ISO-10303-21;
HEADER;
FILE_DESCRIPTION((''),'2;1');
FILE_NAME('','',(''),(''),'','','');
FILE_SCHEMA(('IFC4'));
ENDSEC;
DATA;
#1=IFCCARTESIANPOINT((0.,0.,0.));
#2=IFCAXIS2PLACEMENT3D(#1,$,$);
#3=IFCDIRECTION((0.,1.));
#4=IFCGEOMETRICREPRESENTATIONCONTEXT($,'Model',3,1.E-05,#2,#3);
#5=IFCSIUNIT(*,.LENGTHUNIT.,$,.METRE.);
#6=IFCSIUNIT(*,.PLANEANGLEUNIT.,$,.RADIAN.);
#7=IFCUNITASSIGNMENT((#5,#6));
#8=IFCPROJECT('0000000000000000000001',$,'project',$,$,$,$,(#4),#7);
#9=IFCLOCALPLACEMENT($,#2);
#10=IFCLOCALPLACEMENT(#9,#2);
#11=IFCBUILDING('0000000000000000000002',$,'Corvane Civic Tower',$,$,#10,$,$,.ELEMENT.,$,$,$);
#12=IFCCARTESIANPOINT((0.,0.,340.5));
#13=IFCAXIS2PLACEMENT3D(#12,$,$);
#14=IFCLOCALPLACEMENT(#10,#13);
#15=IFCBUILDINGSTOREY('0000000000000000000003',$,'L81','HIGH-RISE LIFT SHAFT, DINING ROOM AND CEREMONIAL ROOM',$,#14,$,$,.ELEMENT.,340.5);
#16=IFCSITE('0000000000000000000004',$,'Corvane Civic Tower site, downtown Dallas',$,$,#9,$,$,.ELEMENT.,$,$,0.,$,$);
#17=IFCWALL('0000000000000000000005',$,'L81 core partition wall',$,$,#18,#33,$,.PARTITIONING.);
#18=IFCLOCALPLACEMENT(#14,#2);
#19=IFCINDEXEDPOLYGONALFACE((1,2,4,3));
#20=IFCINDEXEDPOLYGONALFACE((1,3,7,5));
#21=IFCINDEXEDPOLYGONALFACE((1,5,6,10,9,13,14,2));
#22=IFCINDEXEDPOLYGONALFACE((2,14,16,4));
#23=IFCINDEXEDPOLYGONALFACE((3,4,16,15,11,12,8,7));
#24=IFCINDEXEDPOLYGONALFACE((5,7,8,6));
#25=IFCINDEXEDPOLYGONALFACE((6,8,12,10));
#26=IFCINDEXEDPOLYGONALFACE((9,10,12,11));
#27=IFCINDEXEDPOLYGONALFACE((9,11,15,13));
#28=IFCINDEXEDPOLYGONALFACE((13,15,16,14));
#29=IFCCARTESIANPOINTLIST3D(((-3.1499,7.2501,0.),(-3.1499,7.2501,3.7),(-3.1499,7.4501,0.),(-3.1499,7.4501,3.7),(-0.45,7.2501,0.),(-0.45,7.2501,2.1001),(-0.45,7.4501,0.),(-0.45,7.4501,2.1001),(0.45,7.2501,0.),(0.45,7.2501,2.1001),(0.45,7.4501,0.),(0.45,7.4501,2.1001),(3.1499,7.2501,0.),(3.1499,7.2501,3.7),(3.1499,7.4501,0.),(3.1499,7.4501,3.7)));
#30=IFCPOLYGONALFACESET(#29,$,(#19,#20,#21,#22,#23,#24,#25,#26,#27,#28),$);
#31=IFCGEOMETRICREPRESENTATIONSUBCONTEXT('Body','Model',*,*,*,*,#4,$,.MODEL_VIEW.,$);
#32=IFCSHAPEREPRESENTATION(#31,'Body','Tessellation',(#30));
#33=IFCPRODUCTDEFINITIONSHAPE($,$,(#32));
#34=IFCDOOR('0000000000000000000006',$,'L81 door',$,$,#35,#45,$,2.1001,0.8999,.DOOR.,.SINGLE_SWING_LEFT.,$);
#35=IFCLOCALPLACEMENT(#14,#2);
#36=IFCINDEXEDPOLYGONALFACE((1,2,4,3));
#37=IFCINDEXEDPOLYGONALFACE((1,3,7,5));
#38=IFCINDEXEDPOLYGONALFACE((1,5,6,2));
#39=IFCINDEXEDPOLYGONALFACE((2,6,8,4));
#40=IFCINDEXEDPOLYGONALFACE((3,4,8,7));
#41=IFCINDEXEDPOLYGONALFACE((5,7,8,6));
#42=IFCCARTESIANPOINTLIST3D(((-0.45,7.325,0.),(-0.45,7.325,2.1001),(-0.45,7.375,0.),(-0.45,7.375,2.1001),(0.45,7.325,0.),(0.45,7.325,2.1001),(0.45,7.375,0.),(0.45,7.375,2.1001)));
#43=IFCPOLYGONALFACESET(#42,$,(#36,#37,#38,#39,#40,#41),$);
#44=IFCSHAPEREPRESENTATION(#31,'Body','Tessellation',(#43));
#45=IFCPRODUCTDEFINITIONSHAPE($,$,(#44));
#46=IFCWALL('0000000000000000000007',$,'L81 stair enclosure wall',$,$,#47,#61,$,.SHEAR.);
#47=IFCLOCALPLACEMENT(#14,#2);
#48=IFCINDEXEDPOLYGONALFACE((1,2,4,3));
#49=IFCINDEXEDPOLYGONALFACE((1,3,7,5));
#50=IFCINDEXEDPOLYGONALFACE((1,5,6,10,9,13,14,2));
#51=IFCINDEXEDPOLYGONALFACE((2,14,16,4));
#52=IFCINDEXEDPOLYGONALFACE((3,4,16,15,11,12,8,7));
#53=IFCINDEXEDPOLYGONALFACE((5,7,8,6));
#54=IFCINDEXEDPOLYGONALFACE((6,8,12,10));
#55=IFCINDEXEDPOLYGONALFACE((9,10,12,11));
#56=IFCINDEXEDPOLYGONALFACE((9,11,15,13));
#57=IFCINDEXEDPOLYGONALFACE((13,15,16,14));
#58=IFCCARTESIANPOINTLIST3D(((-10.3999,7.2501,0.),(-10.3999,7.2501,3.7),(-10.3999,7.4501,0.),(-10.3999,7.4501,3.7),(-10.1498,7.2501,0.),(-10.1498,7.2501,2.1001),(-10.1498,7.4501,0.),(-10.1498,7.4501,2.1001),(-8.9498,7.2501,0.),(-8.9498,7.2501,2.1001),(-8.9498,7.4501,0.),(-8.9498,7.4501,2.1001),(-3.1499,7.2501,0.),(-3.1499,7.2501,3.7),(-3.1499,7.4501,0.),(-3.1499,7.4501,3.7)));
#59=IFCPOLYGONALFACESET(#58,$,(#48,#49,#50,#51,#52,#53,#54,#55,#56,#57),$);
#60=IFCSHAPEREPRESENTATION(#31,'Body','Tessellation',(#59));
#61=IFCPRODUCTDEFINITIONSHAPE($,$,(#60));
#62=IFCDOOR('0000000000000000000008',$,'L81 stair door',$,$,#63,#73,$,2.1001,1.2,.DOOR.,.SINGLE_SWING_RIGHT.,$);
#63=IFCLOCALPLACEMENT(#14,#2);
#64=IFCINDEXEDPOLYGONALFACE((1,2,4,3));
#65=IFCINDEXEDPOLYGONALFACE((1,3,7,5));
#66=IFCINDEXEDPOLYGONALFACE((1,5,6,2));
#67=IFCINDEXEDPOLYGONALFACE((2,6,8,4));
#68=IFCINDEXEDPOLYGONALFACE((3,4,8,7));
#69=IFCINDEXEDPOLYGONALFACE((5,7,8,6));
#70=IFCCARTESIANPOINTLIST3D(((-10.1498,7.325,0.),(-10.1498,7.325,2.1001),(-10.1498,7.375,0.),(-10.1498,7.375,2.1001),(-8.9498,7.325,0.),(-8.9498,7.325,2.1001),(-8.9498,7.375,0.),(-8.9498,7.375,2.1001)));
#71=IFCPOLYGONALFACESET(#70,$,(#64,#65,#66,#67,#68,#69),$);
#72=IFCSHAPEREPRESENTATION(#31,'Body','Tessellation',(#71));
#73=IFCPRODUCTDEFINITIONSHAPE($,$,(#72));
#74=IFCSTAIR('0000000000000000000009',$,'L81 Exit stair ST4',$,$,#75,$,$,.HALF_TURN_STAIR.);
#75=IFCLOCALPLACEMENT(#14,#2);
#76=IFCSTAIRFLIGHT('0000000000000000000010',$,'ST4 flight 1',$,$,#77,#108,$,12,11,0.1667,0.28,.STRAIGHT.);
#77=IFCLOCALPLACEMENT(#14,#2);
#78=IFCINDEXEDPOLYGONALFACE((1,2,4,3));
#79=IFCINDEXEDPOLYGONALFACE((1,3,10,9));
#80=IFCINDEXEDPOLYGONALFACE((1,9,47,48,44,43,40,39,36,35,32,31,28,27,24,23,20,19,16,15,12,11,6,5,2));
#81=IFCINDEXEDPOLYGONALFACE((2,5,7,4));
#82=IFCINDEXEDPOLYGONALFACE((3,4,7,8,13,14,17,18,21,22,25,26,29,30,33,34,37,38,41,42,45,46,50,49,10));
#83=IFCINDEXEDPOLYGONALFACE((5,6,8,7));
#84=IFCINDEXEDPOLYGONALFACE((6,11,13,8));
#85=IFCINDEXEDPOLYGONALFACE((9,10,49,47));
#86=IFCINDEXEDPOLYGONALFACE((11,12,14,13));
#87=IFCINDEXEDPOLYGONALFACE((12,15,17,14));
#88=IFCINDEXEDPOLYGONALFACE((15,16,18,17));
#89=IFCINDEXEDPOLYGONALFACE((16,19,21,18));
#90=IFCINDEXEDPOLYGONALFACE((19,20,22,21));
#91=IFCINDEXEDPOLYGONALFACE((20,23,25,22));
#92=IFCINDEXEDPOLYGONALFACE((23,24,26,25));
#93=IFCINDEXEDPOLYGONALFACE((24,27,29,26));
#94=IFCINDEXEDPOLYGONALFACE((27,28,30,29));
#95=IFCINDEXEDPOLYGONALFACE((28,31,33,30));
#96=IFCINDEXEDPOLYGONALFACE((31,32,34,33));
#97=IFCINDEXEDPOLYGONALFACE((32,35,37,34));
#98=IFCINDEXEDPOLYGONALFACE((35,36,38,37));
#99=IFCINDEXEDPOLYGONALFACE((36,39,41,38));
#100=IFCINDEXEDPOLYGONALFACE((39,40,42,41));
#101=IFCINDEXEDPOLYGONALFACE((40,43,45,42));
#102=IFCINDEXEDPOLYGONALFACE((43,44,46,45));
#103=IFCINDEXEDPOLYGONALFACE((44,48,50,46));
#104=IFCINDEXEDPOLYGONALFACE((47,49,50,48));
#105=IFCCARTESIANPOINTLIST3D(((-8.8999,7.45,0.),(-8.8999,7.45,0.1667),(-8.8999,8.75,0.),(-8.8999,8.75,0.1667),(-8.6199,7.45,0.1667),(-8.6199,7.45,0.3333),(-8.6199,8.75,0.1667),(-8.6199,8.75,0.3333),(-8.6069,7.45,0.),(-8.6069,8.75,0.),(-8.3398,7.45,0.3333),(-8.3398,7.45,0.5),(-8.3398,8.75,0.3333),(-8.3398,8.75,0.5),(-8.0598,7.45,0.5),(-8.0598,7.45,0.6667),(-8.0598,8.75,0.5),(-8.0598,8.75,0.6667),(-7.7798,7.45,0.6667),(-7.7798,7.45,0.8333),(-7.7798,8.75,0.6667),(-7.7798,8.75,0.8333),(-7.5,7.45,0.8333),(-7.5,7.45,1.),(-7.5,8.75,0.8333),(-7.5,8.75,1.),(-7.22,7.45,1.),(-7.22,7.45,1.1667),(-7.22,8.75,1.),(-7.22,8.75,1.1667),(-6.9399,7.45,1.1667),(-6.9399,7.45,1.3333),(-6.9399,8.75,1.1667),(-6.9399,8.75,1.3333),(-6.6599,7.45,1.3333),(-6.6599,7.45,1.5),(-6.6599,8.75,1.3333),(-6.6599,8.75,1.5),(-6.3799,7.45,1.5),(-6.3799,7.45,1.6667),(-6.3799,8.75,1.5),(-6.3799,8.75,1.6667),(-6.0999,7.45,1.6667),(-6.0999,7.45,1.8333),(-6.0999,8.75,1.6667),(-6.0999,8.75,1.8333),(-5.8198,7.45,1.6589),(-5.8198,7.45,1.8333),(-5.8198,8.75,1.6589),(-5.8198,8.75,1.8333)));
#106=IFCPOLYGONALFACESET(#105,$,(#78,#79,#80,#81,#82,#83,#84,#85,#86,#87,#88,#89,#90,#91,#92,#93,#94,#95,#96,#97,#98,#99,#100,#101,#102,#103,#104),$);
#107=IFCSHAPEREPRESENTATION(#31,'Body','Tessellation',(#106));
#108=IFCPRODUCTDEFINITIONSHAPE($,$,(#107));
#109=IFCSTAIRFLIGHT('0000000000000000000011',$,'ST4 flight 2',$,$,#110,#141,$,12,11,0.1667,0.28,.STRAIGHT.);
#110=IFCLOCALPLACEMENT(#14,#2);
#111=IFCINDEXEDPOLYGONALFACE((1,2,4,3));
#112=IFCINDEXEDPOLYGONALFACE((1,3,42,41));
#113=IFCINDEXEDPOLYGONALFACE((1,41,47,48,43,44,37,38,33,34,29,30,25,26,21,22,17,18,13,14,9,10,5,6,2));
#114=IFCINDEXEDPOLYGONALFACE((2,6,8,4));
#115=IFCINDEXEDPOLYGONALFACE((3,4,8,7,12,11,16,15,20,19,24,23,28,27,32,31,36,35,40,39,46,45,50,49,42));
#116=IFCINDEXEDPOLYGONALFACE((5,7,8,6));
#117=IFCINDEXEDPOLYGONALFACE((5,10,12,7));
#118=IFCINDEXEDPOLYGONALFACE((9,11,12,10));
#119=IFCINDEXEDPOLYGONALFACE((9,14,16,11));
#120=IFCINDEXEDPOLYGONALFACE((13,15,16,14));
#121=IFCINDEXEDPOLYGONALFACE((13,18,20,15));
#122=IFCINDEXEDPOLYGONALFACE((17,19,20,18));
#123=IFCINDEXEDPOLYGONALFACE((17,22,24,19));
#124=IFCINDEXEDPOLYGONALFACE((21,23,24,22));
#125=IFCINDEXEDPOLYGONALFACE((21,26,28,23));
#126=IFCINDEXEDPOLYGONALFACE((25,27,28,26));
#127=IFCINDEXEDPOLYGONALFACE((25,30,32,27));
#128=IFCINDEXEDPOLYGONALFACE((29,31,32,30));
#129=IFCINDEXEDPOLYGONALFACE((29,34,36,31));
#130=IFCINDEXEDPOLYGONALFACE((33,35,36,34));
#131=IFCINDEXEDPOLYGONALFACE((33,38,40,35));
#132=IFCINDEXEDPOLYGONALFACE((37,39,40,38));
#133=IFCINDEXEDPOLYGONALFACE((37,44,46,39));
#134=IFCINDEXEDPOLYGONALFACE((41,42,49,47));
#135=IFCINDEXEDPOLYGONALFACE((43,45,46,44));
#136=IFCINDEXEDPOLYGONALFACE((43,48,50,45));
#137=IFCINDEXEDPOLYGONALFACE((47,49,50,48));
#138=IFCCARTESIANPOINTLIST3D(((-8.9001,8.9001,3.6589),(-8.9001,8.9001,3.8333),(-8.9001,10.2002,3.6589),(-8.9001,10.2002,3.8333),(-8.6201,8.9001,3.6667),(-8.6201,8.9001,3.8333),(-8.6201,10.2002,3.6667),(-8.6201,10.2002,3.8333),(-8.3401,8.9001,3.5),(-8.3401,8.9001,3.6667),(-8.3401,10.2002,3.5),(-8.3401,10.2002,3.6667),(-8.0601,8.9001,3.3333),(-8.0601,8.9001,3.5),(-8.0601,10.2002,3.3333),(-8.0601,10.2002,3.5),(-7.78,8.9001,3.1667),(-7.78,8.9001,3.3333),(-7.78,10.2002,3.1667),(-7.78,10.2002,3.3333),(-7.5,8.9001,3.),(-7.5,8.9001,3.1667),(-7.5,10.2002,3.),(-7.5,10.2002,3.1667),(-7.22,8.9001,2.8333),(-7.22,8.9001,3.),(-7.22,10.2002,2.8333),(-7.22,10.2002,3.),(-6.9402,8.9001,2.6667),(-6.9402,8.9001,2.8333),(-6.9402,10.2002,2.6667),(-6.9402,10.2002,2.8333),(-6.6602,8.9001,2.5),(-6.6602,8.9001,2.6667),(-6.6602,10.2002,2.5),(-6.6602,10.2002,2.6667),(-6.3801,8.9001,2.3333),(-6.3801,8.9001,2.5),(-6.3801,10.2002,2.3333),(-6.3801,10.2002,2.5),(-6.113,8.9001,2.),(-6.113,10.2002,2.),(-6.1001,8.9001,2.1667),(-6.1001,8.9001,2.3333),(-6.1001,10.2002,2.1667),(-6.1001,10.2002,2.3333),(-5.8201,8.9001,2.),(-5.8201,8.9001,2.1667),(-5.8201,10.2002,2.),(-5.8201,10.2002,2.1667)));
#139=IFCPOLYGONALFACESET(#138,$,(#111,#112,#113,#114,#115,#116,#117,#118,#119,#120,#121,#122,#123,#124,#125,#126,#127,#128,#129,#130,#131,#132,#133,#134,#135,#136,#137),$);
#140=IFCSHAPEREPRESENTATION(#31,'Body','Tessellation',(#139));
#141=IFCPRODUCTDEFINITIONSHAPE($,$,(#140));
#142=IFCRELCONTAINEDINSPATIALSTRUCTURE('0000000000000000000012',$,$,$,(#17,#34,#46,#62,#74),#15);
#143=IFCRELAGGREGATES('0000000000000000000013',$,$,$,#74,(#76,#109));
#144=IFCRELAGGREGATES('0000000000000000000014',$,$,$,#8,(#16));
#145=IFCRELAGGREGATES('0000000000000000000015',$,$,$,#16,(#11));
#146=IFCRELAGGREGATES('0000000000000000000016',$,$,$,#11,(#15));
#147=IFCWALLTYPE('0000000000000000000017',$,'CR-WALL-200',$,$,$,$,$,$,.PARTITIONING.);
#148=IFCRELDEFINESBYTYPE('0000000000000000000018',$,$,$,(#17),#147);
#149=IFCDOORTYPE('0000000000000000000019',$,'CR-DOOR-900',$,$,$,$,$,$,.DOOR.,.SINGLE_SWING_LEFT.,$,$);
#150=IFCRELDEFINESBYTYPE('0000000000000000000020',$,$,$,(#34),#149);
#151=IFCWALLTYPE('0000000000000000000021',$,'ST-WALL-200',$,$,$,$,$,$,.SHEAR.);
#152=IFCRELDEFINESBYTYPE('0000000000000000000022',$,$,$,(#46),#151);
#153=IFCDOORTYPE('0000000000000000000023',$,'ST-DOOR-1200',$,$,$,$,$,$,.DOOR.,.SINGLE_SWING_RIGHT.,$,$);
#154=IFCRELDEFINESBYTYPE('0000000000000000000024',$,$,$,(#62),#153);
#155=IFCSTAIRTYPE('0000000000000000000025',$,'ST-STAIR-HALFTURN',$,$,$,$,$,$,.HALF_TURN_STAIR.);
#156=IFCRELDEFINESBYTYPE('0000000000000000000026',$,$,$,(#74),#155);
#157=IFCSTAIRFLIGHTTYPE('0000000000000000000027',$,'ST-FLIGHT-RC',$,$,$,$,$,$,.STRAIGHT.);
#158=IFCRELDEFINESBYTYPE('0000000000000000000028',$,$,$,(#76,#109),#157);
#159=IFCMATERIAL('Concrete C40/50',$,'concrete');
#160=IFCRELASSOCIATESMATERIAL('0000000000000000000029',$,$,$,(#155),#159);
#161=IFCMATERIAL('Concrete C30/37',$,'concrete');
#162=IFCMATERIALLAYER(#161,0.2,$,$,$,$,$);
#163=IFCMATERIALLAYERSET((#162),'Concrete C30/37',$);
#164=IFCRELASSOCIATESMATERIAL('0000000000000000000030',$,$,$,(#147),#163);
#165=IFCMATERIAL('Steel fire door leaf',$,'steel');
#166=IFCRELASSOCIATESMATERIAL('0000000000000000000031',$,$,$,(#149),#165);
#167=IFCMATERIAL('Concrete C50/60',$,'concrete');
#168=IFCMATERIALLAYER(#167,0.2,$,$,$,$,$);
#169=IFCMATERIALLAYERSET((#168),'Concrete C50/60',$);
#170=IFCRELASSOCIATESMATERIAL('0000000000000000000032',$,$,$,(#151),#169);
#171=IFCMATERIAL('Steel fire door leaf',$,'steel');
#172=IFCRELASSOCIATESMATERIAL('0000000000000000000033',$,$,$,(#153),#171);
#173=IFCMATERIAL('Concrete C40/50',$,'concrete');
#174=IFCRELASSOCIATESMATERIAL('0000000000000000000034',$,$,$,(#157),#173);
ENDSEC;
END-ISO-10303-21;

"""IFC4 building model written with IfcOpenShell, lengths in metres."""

from ifc_helpers import new_model, si_unit, direction, frame, frame_2d, origin, place, context, subcontext, project, spatial, polyline, rectangle, outline, extrude, material, layer, layer_set, type_object, element, fill, aggregate, save


model = new_model("IFC4")

# Units and contexts
model_context = context("Model", 3, precision=1e-05, world=origin(), true_north=direction((0.0, 1.0)))
body_context = subcontext(model_context, "Body", "Model", "MODEL_VIEW")
ifc_project = project(units=[si_unit("LENGTHUNIT", "METRE"), si_unit("PLANEANGLEUNIT", "RADIAN")], contexts=[model_context])

# Site, building, storey
site_placement = place(None, origin())
site = spatial("IfcSite", under=ifc_project, at=site_placement, Name="Corvane Civic Tower site, downtown Dallas", CompositionType="ELEMENT", RefElevation=0.0)
building_placement = place(site_placement, origin())
building = spatial("IfcBuilding", under=site, at=building_placement, Name="Corvane Civic Tower", CompositionType="ELEMENT")
storey_placement = place(building_placement, frame((0.0, 0.0, 340.5)))
storey = spatial("IfcBuildingStorey", under=building, at=storey_placement, Name="L81", Description="HIGH-RISE LIFT SHAFT, DINING ROOM AND CEREMONIAL ROOM", CompositionType="ELEMENT", Elevation=340.5)

# Shared definitions
ifc_material_1 = material(Name="Concrete C40/50", Category="concrete")
stair_type = type_object("IfcStairType", Name="ST-STAIR-HALFTURN", PredefinedType="HALF_TURN_STAIR", material=ifc_material_1)

# Shared definitions
ifc_material_2 = material(Name="Concrete C30/37", Category="concrete")
ifc_layer_1 = layer(ifc_material_2, 0.2)
ifc_layer_set_1 = layer_set([ifc_layer_1], Name="Concrete C30/37")
wall_type_1 = type_object("IfcWallType", Name="CR-WALL-200", PredefinedType="PARTITIONING", material=ifc_layer_set_1)
ifc_material_3 = material(Name="Steel fire door leaf", Category="steel")
door_type_1 = type_object("IfcDoorType", Name="CR-DOOR-900", OperationType="SINGLE_SWING_LEFT", PredefinedType="DOOR", material=ifc_material_3)

# Walls, openings, doors
wall_1_placement = place(storey_placement, frame((-3.1499, 7.3501, 0.0), z_axis=(0.0, 0.0, 1.0), x_axis=(1.0, 0.0, 0.0)))
wall_1 = element("IfcWall", 1, at=wall_1_placement, inside=storey, type_object=wall_type_1, Name="L81 core partition wall", PredefinedType="PARTITIONING", context=body_context, shape_type="SweptSolid", body=[
    extrude(rectangle(XDim=6.2998, YDim=0.2, at=frame_2d((3.1499, 0.0))), origin(), (0.0, 0.0, 1.0), 3.7),
])
opening_1_placement = place(wall_1_placement, frame((2.7, 0.0, 0.0)))
opening_1 = element("IfcOpeningElement", 2, at=opening_1_placement, cuts=wall_1, PredefinedType="OPENING", context=body_context, shape_type="SweptSolid", body=[
    extrude(rectangle(XDim=0.8999, YDim=2.1001, at=frame_2d((0.45, 1.05))), frame((0.0, 0.1099, 0.0), z_axis=(0.0, -1.0, 0.0), x_axis=(1.0, 0.0, 0.0)), (0.0, 0.0, 1.0), 0.22),
])
door_1_placement = place(opening_1_placement, origin())
door_1 = element("IfcDoor", 3, at=door_1_placement, inside=storey, type_object=door_type_1, Name="L81 door", OperationType="SINGLE_SWING_LEFT", OverallHeight=2.1001, OverallWidth=0.8999, PredefinedType="DOOR", context=body_context, shape_type="SweptSolid", body=[
    extrude(rectangle(XDim=0.8999, YDim=2.1001, at=frame_2d((0.45, 1.05))), frame((0.0, 0.0249, 0.0), z_axis=(0.0, -1.0, 0.0), x_axis=(1.0, 0.0, 0.0)), (0.0, 0.0, 1.0), 0.05),
])
fill(opening_1, door_1)
ifc_material_4 = material(Name="Concrete C50/60", Category="concrete")
ifc_layer_2 = layer(ifc_material_4, 0.2)
ifc_layer_set_2 = layer_set([ifc_layer_2], Name="Concrete C50/60")
wall_type_2 = type_object("IfcWallType", Name="ST-WALL-200", PredefinedType="SHEAR", material=ifc_layer_set_2)
wall_2_placement = place(storey_placement, frame((-10.3999, 7.3501, 0.0), z_axis=(0.0, 0.0, 1.0), x_axis=(1.0, 0.0, 0.0)))
wall_2 = element("IfcWall", 4, at=wall_2_placement, inside=storey, type_object=wall_type_2, Name="L81 stair enclosure wall", PredefinedType="SHEAR", context=body_context, shape_type="SweptSolid", body=[
    extrude(rectangle(XDim=7.25, YDim=0.2, at=frame_2d((3.625, 0.0))), origin(), (0.0, 0.0, 1.0), 3.7),
])
opening_2_placement = place(wall_2_placement, frame((0.25, 0.0, 0.0)))
opening_2 = element("IfcOpeningElement", 5, at=opening_2_placement, cuts=wall_2, PredefinedType="OPENING", context=body_context, shape_type="SweptSolid", body=[
    extrude(rectangle(XDim=1.2, YDim=2.1001, at=frame_2d((0.6001, 1.05))), frame((0.0, 0.1099, 0.0), z_axis=(0.0, -1.0, 0.0), x_axis=(1.0, 0.0, 0.0)), (0.0, 0.0, 1.0), 0.22),
])
ifc_material_5 = material(Name="Steel fire door leaf", Category="steel")
door_type_2 = type_object("IfcDoorType", Name="ST-DOOR-1200", OperationType="SINGLE_SWING_RIGHT", PredefinedType="DOOR", material=ifc_material_5)
door_2_placement = place(opening_2_placement, origin())
door_2 = element("IfcDoor", 6, at=door_2_placement, inside=storey, type_object=door_type_2, Name="L81 stair door", OperationType="SINGLE_SWING_RIGHT", OverallHeight=2.1001, OverallWidth=1.2, PredefinedType="DOOR", context=body_context, shape_type="SweptSolid", body=[
    extrude(rectangle(XDim=1.2, YDim=2.1001, at=frame_2d((0.6001, 1.05))), frame((0.0, 0.0249, 0.0), z_axis=(0.0, -1.0, 0.0), x_axis=(1.0, 0.0, 0.0)), (0.0, 0.0, 1.0), 0.05),
])
fill(opening_2, door_2)

# Stair, stair flights
stair_1_placement = place(storey_placement, origin())
stair_1 = element("IfcStair", 7, at=stair_1_placement, inside=storey, type_object=stair_type, Name="L81 Exit stair ST4", PredefinedType="HALF_TURN_STAIR")
ifc_material_6 = material(Name="Concrete C40/50", Category="concrete")
stair_flight_type = type_object("IfcStairFlightType", Name="ST-FLIGHT-RC", PredefinedType="STRAIGHT", material=ifc_material_6)
stair_flight_1_placement = place(storey_placement, frame((-8.8999, 8.1001, 0.0), z_axis=(0.0, 0.0, 1.0), x_axis=(1.0, 0.0, 0.0)))
stair_flight_1 = element("IfcStairFlight", 8, at=stair_flight_1_placement, type_object=stair_flight_type, Name="ST4 flight 1", NumberOfRisers=12, NumberOfTreads=11, PredefinedType="STRAIGHT", RiserHeight=0.1667, TreadLength=0.28, context=body_context, shape_type="SweptSolid", body=[
    extrude(outline(polyline([(0.0, 0.0), (0.0, 0.1667), (0.28, 0.1667), (0.28, 0.3333), (0.5601, 0.3333), (0.5601, 0.5), (0.8401, 0.5), (0.8401, 0.6667), (1.1201, 0.6667), (1.1201, 0.8333), (1.3999, 0.8333), (1.3999, 1.0), (1.6799, 1.0), (1.6799, 1.1667), (1.96, 1.1667), (1.96, 1.3333), (2.24, 1.3333), (2.24, 1.5), (2.52, 1.5), (2.52, 1.6667), (2.8, 1.6667), (2.8, 1.8333), (3.0801, 1.8333), (3.0801, 2.0), (3.0801, 1.6589), (0.293, 0.0), (0.0, 0.0)])), frame((0.0, 0.6499, 0.0), z_axis=(0.0, -1.0, 0.0), x_axis=(1.0, 0.0, 0.0)), (0.0, 0.0, 1.0), 1.3),
])
stair_flight_2_placement = place(storey_placement, frame((-5.8201, 9.55, 2.0), z_axis=(0.0, 0.0, 1.0), x_axis=(-1.0, 0.0, 0.0)))
stair_flight_2 = element("IfcStairFlight", 9, at=stair_flight_2_placement, type_object=stair_flight_type, Name="ST4 flight 2", NumberOfRisers=12, NumberOfTreads=11, PredefinedType="STRAIGHT", RiserHeight=0.1667, TreadLength=0.28, context=body_context, shape_type="SweptSolid", body=[
    extrude(outline(polyline([(0.0, 0.0), (0.0, 0.1667), (0.28, 0.1667), (0.28, 0.3333), (0.5601, 0.3333), (0.5601, 0.5), (0.8401, 0.5), (0.8401, 0.6667), (1.1201, 0.6667), (1.1201, 0.8333), (1.3999, 0.8333), (1.3999, 1.0), (1.6799, 1.0), (1.6799, 1.1667), (1.96, 1.1667), (1.96, 1.3333), (2.24, 1.3333), (2.24, 1.5), (2.52, 1.5), (2.52, 1.6667), (2.8, 1.6667), (2.8, 1.8333), (3.0801, 1.8333), (3.0801, 2.0), (3.0801, 1.6589), (0.293, 0.0), (0.0, 0.0)])), frame((0.0, 0.6499, 0.0), z_axis=(0.0, -1.0, 0.0), x_axis=(1.0, 0.0, 0.0)), (0.0, 0.0, 1.0), 1.3),
])
aggregate(stair_1, [stair_flight_1, stair_flight_2])

save(model, "model.ifc")
